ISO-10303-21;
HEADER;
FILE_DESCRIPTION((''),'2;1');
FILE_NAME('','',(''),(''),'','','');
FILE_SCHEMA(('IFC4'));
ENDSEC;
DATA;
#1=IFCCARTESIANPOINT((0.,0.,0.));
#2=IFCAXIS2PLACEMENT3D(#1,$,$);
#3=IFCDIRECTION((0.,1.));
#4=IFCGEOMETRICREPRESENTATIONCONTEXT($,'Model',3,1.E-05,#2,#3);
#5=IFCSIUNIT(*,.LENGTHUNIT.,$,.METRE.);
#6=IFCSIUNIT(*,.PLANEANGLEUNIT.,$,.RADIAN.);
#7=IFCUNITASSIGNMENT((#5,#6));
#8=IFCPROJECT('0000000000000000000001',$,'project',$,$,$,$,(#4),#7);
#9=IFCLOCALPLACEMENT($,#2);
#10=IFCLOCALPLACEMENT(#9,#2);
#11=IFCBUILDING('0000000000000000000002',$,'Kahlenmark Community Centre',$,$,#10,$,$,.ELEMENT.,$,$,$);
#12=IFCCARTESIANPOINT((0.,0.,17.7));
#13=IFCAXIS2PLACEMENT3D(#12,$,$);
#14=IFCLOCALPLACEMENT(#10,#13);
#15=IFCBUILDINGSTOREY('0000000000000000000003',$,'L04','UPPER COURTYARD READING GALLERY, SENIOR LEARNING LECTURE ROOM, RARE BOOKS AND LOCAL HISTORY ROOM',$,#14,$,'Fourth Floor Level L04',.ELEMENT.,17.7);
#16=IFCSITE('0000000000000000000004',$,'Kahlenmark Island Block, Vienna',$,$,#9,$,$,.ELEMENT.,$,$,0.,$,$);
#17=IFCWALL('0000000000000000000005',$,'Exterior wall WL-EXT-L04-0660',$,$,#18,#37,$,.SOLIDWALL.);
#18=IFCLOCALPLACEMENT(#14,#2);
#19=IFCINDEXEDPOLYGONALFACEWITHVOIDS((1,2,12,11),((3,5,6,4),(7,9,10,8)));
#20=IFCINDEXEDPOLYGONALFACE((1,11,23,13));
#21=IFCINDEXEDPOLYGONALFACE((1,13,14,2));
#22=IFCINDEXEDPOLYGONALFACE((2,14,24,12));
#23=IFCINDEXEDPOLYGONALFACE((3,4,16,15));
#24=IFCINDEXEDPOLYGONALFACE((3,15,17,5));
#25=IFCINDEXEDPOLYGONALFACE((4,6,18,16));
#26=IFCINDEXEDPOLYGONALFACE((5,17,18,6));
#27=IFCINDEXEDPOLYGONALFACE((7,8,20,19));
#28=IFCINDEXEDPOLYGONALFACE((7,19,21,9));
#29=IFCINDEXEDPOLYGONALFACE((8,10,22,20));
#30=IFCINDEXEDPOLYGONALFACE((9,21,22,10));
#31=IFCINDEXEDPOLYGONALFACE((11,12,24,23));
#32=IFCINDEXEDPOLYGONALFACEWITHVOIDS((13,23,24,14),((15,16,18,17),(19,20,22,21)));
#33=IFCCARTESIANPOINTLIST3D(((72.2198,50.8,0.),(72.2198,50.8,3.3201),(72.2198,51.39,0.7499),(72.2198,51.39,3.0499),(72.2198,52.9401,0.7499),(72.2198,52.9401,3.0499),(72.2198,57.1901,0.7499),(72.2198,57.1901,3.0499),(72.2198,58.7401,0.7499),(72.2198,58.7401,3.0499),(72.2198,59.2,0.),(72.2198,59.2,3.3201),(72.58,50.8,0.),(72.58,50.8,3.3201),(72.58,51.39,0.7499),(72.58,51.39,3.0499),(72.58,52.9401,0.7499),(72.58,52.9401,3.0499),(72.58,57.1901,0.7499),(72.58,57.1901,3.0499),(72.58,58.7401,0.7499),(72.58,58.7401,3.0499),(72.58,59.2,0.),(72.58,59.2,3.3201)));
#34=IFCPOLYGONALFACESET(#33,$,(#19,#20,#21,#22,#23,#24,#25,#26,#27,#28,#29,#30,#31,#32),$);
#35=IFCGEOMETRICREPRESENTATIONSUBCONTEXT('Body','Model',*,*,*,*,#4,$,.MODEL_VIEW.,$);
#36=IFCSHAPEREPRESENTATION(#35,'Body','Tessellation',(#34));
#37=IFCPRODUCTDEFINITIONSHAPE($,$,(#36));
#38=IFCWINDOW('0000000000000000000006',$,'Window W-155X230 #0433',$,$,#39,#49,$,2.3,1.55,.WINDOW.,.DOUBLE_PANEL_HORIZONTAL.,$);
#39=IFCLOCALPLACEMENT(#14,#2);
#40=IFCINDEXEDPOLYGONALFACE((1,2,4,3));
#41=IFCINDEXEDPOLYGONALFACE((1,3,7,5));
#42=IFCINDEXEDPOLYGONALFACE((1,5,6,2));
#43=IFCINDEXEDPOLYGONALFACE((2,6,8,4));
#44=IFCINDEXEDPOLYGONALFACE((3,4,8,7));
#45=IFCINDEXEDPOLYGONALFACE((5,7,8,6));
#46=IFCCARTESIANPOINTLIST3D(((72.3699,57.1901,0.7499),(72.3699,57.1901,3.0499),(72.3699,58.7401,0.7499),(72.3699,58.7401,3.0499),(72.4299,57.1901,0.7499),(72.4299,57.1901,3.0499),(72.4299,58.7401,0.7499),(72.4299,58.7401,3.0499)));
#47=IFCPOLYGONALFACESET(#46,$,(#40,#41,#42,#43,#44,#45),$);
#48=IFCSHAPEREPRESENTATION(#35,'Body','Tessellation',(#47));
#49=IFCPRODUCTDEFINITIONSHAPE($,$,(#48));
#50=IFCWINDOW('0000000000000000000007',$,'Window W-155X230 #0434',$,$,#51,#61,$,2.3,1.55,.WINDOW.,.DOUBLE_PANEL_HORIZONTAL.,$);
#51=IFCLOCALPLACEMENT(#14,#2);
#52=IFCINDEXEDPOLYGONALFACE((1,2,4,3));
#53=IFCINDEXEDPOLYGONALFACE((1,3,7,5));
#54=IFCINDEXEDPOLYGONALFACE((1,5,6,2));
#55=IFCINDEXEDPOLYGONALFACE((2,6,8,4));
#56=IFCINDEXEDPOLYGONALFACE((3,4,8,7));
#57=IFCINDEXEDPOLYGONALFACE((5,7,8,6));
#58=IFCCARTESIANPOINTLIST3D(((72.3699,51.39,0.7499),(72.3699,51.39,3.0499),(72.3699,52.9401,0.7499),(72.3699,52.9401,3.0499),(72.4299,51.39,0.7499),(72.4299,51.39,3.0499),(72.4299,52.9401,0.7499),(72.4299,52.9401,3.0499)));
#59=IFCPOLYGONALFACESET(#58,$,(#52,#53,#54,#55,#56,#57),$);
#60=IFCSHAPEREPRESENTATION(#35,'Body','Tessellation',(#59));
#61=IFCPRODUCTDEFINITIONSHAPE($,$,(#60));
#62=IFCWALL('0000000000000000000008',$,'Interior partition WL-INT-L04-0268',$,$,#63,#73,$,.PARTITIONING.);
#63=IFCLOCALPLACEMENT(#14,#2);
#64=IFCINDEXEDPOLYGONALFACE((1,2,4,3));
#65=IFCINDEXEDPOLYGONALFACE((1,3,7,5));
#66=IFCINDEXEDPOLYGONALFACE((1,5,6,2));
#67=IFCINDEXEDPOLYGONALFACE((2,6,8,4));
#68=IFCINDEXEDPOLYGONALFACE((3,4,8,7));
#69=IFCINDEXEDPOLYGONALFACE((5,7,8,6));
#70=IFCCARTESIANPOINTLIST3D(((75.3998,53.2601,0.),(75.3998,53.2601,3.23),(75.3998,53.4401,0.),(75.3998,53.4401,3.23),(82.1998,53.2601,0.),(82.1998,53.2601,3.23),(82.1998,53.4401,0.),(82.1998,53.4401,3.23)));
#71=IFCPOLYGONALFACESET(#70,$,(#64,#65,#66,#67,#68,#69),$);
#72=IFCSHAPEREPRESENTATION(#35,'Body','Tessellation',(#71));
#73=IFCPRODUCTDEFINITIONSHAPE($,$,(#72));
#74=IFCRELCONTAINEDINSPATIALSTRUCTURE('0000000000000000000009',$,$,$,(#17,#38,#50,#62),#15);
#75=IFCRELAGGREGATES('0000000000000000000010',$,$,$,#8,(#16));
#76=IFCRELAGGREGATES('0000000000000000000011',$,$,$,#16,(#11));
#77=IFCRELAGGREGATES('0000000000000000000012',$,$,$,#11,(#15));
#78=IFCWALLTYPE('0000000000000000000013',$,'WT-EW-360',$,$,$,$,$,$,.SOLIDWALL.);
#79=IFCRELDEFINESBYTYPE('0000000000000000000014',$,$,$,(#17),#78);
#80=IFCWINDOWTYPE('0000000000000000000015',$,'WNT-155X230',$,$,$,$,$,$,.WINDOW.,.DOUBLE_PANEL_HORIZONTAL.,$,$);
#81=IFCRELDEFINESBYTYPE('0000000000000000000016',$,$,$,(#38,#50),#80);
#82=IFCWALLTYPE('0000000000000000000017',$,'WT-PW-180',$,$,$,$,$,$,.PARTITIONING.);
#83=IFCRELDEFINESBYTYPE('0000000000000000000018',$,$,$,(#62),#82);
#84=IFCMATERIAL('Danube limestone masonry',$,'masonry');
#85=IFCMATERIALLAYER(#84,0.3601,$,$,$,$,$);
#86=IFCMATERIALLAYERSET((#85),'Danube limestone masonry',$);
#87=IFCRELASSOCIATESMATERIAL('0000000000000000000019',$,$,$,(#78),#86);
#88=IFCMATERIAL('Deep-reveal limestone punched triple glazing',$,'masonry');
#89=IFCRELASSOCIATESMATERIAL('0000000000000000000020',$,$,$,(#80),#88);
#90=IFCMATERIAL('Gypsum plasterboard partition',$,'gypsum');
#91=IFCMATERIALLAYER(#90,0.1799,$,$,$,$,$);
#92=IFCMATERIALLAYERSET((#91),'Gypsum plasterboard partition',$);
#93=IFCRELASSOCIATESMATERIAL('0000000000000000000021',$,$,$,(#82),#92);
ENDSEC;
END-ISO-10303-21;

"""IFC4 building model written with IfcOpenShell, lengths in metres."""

from ifc_helpers import new_model, si_unit, direction, frame, frame_2d, origin, place, context, subcontext, project, spatial, rectangle, extrude, material, layer, layer_set, type_object, element, fill, save


model = new_model("IFC4")

# Units and contexts
model_context = context("Model", 3, precision=1e-05, world=origin(), true_north=direction((0.0, 1.0)))
body_context = subcontext(model_context, "Body", "Model", "MODEL_VIEW")
ifc_project = project(units=[si_unit("LENGTHUNIT", "METRE"), si_unit("PLANEANGLEUNIT", "RADIAN")], contexts=[model_context])

# Site, building, storey
site_placement = place(None, origin())
site = spatial("IfcSite", under=ifc_project, at=site_placement, Name="Kahlenmark Island Block, Vienna", CompositionType="ELEMENT", RefElevation=0.0)
building_placement = place(site_placement, origin())
building = spatial("IfcBuilding", under=site, at=building_placement, Name="Kahlenmark Community Centre", CompositionType="ELEMENT")
storey_placement = place(building_placement, frame((0.0, 0.0, 17.7)))
storey = spatial("IfcBuildingStorey", under=building, at=storey_placement, Name="L04", Description="UPPER COURTYARD READING GALLERY, SENIOR LEARNING LECTURE ROOM, RARE BOOKS AND LOCAL HISTORY ROOM", LongName="Fourth Floor Level L04", CompositionType="ELEMENT", Elevation=17.7)

# Wall, openings, windows
ifc_material_1 = material(Name="Danube limestone masonry", Category="masonry")
ifc_layer_1 = layer(ifc_material_1, 0.3601)
ifc_layer_set_1 = layer_set([ifc_layer_1], Name="Danube limestone masonry")
wall_type_1 = type_object("IfcWallType", Name="WT-EW-360", PredefinedType="SOLIDWALL", material=ifc_layer_set_1)
wall_1_placement = place(storey_placement, frame((72.3999, 59.2, 0.0), z_axis=(0.0, 0.0, 1.0), x_axis=(0.0, -1.0, 0.0)))
wall_1 = element("IfcWall", 1, at=wall_1_placement, inside=storey, type_object=wall_type_1, Name="Exterior wall WL-EXT-L04-0660", PredefinedType="SOLIDWALL", context=body_context, shape_type="SweptSolid", body=[
    extrude(rectangle(XDim=8.3999, YDim=0.3601, at=frame_2d((4.2, 0.0))), origin(), (0.0, 0.0, 1.0), 3.3201),
])
opening_1_placement = place(wall_1_placement, frame((0.46, 0.0, 0.75)))
opening_1 = element("IfcOpeningElement", 2, at=opening_1_placement, cuts=wall_1, PredefinedType="OPENING", context=body_context, shape_type="SweptSolid", body=[
    extrude(rectangle(XDim=1.55, YDim=2.3, at=frame_2d((0.7749, 1.1499))), frame((0.0, 0.1899, 0.0), z_axis=(0.0, -1.0, 0.0), x_axis=(1.0, 0.0, 0.0)), (0.0, 0.0, 1.0), 0.3801),
])
opening_2_placement = place(wall_1_placement, frame((6.26, 0.0, 0.75)))
opening_2 = element("IfcOpeningElement", 3, at=opening_2_placement, cuts=wall_1, PredefinedType="OPENING", context=body_context, shape_type="SweptSolid", body=[
    extrude(rectangle(XDim=1.55, YDim=2.3, at=frame_2d((0.7749, 1.1499))), frame((0.0, 0.1899, 0.0), z_axis=(0.0, -1.0, 0.0), x_axis=(1.0, 0.0, 0.0)), (0.0, 0.0, 1.0), 0.3801),
])
ifc_material_2 = material(Name="Deep-reveal limestone punched triple glazing", Category="masonry")
window_type = type_object("IfcWindowType", Name="WNT-155X230", PartitioningType="DOUBLE_PANEL_HORIZONTAL", PredefinedType="WINDOW", material=ifc_material_2)
window_1_placement = place(opening_1_placement, origin())
window_1 = element("IfcWindow", 4, at=window_1_placement, inside=storey, type_object=window_type, Name="Window W-155X230 #0433", OverallHeight=2.3, OverallWidth=1.55, PartitioningType="DOUBLE_PANEL_HORIZONTAL", PredefinedType="WINDOW", context=body_context, shape_type="SweptSolid", body=[
    extrude(rectangle(XDim=1.55, YDim=2.3, at=frame_2d((0.7749, 1.1499))), frame((0.0, 0.03, 0.0), z_axis=(0.0, -1.0, 0.0), x_axis=(1.0, 0.0, 0.0)), (0.0, 0.0, 1.0), 0.0601),
])
fill(opening_1, window_1)
window_2_placement = place(opening_2_placement, origin())
window_2 = element("IfcWindow", 5, at=window_2_placement, inside=storey, type_object=window_type, Name="Window W-155X230 #0434", OverallHeight=2.3, OverallWidth=1.55, PartitioningType="DOUBLE_PANEL_HORIZONTAL", PredefinedType="WINDOW", context=body_context, shape_type="SweptSolid", body=[
    extrude(rectangle(XDim=1.55, YDim=2.3, at=frame_2d((0.7749, 1.1499))), frame((0.0, 0.03, 0.0), z_axis=(0.0, -1.0, 0.0), x_axis=(1.0, 0.0, 0.0)), (0.0, 0.0, 1.0), 0.0601),
])
fill(opening_2, window_2)

# Wall
ifc_material_3 = material(Name="Gypsum plasterboard partition", Category="gypsum")
ifc_layer_2 = layer(ifc_material_3, 0.1799)
ifc_layer_set_2 = layer_set([ifc_layer_2], Name="Gypsum plasterboard partition")
wall_type_2 = type_object("IfcWallType", Name="WT-PW-180", PredefinedType="PARTITIONING", material=ifc_layer_set_2)
wall_2_placement = place(storey_placement, frame((75.3999, 53.3501, 0.0), z_axis=(0.0, 0.0, 1.0), x_axis=(1.0, 0.0, 0.0)))
element("IfcWall", 6, at=wall_2_placement, inside=storey, type_object=wall_type_2, Name="Interior partition WL-INT-L04-0268", PredefinedType="PARTITIONING", context=body_context, shape_type="SweptSolid", body=[
    extrude(rectangle(XDim=6.8, YDim=0.1799, at=frame_2d((3.3999, 0.0))), origin(), (0.0, 0.0, 1.0), 3.23),
])

save(model, "model.ifc")
